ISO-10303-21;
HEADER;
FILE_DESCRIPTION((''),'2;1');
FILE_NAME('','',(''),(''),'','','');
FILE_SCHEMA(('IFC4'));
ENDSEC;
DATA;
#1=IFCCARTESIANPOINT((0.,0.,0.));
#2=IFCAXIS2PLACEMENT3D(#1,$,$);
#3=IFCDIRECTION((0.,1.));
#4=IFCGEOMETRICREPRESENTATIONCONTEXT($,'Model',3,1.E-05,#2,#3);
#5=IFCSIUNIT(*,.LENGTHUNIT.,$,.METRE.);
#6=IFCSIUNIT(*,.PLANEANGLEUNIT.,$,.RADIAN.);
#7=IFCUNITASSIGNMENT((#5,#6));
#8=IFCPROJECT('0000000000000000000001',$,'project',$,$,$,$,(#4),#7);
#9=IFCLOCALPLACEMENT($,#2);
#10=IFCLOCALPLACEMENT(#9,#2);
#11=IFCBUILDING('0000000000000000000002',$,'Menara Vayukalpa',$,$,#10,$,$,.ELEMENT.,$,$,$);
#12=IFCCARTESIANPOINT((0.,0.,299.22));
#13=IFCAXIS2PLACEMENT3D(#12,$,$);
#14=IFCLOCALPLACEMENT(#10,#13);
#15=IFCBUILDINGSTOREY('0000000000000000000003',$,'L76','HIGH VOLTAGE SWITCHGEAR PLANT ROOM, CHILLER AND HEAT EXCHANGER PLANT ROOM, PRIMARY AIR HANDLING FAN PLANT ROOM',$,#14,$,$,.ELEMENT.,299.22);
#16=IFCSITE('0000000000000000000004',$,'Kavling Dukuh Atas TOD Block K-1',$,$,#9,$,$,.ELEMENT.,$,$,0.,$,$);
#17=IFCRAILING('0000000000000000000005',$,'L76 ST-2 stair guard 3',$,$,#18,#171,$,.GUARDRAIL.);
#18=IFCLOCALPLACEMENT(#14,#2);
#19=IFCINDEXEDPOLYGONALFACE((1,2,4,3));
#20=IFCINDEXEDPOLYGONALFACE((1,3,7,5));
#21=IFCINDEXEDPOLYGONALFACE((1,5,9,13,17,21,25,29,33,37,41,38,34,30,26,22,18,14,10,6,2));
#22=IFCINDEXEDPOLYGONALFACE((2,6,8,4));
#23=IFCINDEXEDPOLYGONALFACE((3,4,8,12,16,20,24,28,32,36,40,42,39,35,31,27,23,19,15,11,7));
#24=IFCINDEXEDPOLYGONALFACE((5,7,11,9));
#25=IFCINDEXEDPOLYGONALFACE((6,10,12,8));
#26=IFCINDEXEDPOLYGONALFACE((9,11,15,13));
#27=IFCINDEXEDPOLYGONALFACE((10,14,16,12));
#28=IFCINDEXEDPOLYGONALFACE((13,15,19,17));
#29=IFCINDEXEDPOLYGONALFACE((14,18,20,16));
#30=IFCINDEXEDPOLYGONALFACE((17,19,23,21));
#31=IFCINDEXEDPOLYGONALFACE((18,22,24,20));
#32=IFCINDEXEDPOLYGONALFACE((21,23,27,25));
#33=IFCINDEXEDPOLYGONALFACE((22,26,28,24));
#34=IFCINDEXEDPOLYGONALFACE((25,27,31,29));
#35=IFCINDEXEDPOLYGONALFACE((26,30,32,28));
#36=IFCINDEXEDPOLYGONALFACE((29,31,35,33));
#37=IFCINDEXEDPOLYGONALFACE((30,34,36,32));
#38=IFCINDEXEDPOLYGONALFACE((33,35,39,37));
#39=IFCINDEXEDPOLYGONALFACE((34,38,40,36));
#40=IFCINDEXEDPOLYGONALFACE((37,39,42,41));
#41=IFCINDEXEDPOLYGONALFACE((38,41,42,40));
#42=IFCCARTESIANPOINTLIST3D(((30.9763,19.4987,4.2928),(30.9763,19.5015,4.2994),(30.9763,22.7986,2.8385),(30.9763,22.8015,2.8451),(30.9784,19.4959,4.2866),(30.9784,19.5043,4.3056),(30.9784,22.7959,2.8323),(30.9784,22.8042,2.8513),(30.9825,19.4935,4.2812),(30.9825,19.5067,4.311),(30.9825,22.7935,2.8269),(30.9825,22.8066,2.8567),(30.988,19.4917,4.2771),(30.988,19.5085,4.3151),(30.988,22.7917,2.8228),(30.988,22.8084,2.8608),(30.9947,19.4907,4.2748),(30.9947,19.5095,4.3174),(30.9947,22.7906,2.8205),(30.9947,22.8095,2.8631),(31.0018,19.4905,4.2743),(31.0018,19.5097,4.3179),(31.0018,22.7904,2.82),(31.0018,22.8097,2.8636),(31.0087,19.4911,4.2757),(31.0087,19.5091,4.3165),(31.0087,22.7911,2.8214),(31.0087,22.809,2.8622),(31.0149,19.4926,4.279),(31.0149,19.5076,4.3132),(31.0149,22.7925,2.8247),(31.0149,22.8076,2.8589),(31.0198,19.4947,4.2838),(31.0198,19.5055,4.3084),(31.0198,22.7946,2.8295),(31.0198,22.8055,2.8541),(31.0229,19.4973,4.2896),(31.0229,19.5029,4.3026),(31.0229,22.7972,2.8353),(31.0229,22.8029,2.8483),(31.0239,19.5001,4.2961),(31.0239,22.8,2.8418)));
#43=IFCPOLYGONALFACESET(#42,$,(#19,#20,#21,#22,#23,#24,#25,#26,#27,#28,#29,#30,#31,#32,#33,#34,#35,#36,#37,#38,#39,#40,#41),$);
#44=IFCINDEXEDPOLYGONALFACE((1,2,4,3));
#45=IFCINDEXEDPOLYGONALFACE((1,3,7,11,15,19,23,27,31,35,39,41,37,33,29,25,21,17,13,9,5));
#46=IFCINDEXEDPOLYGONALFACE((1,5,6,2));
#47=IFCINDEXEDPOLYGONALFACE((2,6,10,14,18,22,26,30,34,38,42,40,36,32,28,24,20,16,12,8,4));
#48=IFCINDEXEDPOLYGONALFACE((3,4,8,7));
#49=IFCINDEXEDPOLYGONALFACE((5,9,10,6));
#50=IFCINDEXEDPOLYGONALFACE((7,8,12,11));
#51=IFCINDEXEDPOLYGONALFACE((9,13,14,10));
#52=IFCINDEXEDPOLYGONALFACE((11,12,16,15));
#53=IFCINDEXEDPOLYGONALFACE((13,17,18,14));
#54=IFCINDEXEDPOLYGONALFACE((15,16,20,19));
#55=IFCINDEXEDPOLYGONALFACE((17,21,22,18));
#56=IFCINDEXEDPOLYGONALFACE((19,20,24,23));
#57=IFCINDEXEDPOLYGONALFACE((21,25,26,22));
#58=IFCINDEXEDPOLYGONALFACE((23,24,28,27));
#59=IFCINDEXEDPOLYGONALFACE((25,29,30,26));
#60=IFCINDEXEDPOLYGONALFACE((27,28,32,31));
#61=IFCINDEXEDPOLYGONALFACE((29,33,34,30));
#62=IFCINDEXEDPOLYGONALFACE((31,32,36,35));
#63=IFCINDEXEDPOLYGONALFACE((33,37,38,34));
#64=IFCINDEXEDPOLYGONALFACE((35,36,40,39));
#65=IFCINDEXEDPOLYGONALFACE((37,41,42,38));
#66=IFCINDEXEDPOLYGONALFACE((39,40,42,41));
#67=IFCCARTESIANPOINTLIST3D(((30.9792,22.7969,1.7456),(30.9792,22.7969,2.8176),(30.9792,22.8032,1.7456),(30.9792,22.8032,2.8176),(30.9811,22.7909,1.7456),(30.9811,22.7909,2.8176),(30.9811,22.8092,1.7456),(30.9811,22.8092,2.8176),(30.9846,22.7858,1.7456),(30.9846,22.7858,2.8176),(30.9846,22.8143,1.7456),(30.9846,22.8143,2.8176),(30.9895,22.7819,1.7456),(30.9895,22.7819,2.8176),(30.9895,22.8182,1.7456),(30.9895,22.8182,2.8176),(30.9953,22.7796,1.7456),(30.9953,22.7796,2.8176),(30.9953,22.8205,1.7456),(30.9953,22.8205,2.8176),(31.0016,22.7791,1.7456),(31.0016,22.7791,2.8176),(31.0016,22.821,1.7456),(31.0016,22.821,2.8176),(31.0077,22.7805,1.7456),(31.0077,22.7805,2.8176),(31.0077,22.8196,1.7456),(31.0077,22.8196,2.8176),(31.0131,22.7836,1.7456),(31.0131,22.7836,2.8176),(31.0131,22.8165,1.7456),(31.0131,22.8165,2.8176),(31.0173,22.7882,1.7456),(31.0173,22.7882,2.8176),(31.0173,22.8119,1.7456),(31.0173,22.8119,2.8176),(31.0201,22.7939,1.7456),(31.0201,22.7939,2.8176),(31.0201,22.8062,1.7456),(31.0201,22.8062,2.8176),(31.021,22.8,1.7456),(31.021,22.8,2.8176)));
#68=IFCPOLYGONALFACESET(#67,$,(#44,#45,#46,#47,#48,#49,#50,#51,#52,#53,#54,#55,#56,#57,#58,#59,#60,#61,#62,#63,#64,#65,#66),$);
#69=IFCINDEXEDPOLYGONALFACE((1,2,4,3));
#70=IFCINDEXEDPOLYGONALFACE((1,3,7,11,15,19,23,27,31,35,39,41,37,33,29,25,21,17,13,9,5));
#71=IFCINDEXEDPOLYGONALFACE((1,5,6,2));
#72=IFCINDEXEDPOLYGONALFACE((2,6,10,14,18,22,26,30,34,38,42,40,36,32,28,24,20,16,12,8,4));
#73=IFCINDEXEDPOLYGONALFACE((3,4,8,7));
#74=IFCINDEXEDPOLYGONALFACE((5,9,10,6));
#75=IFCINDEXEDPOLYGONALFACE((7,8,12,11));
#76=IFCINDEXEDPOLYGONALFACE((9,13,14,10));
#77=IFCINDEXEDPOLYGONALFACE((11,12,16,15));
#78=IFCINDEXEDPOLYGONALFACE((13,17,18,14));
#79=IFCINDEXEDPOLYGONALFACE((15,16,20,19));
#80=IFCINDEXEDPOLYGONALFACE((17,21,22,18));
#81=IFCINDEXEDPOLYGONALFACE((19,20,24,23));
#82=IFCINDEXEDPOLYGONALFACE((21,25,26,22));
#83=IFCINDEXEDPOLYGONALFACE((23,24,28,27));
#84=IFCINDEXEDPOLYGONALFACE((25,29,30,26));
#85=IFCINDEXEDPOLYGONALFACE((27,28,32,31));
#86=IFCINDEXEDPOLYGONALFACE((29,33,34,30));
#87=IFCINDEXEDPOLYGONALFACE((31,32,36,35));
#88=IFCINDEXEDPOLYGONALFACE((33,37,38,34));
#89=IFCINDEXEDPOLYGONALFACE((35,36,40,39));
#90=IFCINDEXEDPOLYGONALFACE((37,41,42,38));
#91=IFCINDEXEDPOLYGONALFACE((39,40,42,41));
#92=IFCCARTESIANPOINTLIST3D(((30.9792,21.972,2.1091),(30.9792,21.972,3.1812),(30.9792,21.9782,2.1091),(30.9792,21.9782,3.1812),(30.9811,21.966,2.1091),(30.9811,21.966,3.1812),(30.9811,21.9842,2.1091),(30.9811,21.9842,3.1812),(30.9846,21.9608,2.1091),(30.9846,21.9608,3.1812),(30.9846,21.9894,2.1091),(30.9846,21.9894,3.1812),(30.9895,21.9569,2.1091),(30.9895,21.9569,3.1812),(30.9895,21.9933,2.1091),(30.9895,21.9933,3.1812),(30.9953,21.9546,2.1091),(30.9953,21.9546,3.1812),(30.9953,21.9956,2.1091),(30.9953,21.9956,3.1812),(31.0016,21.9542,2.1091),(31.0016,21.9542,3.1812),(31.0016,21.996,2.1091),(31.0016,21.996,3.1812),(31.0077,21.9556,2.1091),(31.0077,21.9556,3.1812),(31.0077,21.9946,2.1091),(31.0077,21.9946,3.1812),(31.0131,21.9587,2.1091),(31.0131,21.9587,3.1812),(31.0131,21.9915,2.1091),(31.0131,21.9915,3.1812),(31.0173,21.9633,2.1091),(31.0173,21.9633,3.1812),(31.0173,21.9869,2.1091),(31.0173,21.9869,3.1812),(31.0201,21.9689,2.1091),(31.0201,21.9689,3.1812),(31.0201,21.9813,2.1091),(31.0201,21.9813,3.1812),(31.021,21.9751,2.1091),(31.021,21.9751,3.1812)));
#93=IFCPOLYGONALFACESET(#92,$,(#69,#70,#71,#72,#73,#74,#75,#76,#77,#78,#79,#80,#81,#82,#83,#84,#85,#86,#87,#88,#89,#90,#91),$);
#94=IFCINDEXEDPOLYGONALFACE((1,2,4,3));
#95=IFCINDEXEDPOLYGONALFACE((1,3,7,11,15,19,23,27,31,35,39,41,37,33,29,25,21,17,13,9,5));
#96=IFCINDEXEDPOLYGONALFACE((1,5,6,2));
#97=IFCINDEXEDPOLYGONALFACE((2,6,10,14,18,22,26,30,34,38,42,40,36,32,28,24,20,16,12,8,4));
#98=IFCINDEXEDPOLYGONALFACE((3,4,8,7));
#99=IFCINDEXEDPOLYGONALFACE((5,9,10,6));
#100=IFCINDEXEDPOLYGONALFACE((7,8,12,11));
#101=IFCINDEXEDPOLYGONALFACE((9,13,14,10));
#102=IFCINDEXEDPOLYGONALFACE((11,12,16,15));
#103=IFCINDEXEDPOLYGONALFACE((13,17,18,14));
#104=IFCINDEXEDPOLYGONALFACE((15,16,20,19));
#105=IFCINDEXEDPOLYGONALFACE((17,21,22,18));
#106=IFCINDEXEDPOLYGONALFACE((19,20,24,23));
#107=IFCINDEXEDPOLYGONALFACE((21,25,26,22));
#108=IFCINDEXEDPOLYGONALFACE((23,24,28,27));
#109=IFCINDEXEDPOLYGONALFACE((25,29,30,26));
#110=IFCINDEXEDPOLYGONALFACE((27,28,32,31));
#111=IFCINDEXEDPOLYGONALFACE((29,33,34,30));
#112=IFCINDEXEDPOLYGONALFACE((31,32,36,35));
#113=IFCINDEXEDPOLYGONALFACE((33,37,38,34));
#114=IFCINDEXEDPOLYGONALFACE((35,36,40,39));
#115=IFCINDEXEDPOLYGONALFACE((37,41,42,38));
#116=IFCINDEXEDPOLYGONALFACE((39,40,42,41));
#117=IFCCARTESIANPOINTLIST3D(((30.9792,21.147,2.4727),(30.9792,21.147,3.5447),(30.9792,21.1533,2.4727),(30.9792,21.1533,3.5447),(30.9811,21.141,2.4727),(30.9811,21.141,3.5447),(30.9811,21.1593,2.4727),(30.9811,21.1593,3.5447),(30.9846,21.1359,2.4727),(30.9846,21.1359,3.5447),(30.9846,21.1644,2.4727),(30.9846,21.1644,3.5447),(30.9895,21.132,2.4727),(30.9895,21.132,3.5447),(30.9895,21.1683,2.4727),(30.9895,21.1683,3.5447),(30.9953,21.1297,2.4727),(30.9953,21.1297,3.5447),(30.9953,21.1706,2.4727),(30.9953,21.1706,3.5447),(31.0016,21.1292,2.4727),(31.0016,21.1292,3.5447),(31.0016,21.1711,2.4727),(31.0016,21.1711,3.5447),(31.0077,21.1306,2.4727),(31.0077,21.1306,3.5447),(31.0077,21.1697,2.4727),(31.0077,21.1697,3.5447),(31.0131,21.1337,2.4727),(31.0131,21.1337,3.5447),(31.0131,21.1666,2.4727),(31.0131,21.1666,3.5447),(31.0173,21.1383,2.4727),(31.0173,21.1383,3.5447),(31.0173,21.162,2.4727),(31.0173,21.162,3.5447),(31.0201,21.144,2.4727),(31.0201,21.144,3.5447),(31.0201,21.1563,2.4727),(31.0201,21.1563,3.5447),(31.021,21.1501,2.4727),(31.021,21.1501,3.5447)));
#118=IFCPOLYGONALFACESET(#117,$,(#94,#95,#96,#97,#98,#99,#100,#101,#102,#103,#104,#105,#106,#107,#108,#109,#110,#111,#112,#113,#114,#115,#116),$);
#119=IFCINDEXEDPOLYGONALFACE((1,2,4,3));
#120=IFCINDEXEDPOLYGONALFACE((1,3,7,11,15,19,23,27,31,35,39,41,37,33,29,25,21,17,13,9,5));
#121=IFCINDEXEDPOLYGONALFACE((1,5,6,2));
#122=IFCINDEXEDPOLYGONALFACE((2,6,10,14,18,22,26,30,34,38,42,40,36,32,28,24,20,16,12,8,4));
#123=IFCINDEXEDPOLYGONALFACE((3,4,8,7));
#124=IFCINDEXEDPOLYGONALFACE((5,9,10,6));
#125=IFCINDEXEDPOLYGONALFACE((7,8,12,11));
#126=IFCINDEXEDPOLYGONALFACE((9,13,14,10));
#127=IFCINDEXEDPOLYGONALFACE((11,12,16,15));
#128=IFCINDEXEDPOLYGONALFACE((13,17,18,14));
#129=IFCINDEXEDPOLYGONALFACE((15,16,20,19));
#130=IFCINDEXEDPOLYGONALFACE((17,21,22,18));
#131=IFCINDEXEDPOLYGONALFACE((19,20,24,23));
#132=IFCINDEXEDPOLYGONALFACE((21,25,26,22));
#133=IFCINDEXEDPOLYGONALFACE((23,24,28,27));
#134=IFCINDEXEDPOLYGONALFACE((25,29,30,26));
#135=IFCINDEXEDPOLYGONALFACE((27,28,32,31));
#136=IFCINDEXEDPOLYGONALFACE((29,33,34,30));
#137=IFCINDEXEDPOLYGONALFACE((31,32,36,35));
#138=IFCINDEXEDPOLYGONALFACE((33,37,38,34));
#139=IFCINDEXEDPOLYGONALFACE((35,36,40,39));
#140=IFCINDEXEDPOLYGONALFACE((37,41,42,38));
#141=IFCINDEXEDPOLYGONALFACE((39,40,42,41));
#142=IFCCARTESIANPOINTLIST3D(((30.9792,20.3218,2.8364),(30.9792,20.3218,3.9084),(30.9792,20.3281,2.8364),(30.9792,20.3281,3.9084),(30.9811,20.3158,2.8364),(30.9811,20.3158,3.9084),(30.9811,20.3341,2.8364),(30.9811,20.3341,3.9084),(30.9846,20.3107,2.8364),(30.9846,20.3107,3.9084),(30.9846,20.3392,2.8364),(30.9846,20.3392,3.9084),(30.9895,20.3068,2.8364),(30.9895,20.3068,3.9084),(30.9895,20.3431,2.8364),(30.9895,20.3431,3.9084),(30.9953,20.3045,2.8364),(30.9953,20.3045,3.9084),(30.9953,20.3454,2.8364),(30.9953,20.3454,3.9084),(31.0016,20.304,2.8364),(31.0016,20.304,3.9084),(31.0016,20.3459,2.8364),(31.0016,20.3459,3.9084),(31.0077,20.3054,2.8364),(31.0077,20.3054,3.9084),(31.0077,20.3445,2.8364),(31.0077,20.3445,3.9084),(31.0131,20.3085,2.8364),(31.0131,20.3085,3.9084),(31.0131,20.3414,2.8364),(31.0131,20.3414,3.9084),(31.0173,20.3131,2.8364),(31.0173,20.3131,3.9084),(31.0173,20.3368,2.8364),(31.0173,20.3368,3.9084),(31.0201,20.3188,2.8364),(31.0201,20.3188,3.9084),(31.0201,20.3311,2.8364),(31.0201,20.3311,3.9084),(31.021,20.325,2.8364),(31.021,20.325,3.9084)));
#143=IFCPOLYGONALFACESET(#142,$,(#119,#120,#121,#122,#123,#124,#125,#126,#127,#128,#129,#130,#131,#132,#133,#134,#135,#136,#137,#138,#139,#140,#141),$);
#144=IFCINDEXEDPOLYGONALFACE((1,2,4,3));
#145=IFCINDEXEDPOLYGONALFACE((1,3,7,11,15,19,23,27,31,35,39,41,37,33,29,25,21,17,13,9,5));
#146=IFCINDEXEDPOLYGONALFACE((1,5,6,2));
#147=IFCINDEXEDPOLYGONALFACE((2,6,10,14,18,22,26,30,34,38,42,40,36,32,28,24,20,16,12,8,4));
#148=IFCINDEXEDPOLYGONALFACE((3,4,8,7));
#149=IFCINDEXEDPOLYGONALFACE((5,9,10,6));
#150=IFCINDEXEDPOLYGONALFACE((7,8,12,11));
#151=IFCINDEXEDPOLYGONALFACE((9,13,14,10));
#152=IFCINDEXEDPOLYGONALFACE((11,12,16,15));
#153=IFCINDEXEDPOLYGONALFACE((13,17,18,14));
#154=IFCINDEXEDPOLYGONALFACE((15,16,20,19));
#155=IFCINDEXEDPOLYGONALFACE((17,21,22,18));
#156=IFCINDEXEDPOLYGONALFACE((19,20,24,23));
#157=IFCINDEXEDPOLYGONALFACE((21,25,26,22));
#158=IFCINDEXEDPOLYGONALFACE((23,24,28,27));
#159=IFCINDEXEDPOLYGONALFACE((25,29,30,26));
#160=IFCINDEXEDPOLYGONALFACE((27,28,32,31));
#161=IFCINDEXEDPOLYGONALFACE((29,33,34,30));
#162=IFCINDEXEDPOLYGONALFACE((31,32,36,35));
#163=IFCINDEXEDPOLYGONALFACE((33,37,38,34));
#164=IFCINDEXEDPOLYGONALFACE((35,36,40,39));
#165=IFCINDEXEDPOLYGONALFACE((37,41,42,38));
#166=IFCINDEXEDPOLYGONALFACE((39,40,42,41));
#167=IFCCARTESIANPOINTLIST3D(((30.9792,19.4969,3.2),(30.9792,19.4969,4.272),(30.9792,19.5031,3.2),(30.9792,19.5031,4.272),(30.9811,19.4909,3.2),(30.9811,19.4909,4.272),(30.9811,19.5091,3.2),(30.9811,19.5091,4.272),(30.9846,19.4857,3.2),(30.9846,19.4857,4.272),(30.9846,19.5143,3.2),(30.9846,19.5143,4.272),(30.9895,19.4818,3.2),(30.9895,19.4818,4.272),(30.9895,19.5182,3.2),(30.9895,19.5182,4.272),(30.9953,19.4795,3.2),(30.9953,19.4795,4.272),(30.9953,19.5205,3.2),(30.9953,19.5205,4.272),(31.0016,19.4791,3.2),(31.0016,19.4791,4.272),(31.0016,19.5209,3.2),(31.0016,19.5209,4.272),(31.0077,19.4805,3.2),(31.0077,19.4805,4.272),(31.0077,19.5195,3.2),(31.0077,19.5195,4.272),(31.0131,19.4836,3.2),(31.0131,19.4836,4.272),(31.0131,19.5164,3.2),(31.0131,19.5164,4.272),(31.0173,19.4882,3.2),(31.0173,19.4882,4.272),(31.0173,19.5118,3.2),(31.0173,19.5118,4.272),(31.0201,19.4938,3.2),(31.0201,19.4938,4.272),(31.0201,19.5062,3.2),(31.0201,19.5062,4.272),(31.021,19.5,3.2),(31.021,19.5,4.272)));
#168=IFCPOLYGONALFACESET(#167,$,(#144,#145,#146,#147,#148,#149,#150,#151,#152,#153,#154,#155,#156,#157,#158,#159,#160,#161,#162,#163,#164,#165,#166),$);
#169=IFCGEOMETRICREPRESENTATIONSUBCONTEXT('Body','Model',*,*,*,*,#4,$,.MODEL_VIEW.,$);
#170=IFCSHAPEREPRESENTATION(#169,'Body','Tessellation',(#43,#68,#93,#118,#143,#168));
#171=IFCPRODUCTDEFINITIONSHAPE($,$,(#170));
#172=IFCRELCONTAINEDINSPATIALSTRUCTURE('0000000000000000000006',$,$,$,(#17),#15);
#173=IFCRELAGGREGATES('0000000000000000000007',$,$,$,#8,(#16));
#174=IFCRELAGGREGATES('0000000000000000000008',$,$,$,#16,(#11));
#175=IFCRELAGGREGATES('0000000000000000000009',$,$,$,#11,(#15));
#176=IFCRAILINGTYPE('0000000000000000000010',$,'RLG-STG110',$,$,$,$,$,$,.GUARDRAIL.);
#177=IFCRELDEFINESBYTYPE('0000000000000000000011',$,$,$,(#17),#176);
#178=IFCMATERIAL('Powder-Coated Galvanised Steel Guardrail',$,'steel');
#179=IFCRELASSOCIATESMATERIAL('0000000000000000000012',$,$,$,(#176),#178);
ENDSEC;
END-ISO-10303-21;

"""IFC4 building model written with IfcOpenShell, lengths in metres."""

from ifc_helpers import new_model, si_unit, direction, frame, origin, origin_2d, place, context, subcontext, project, spatial, circle, extrude, material, type_object, element, save


model = new_model("IFC4")

# Units and contexts
model_context = context("Model", 3, precision=1e-05, world=origin(), true_north=direction((0.0, 1.0)))
body_context = subcontext(model_context, "Body", "Model", "MODEL_VIEW")
ifc_project = project(units=[si_unit("LENGTHUNIT", "METRE"), si_unit("PLANEANGLEUNIT", "RADIAN")], contexts=[model_context])

# Site, building, storey
site_placement = place(None, origin())
site = spatial("IfcSite", under=ifc_project, at=site_placement, Name="Kavling Dukuh Atas TOD Block K-1", CompositionType="ELEMENT", RefElevation=0.0)
building_placement = place(site_placement, origin())
building = spatial("IfcBuilding", under=site, at=building_placement, Name="Menara Vayukalpa", CompositionType="ELEMENT")
storey_placement = place(building_placement, frame((0.0, 0.0, 299.22)))
storey = spatial("IfcBuildingStorey", under=building, at=storey_placement, Name="L76", Description="HIGH VOLTAGE SWITCHGEAR PLANT ROOM, CHILLER AND HEAT EXCHANGER PLANT ROOM, PRIMARY AIR HANDLING FAN PLANT ROOM", CompositionType="ELEMENT", Elevation=299.22)

# Railing
ifc_material_1 = material(Name="Powder-Coated Galvanised Steel Guardrail", Category="steel")
railing_type_1 = type_object("IfcRailingType", Name="RLG-STG110", PredefinedType="GUARDRAIL", material=ifc_material_1)
railing_1_placement = place(storey_placement, frame((31.0, 22.8, 1.7456)))
element("IfcRailing", 1, at=railing_1_placement, inside=storey, type_object=railing_type_1, Name="L76 ST-2 stair guard 3", PredefinedType="GUARDRAIL", context=body_context, shape_type="SweptSolid", body=[
    extrude(circle(Radius=0.0239, at=origin_2d()), frame((0.0, 0.0, 1.0962), z_axis=(0.0, -0.915077, 0.403278), x_axis=(1.0, 0.0, 0.0)), (0.0, 0.0, 1.0), 3.6062),
    extrude(circle(Radius=0.021, at=origin_2d()), origin(), (0.0, 0.0, 1.0), 1.072),
    extrude(circle(Radius=0.021, at=origin_2d()), frame((0.0, -0.825, 0.3635)), (0.0, 0.0, 1.0), 1.072),
    extrude(circle(Radius=0.021, at=origin_2d()), frame((0.0, -1.6499, 0.7271)), (0.0, 0.0, 1.0), 1.072),
    extrude(circle(Radius=0.021, at=origin_2d()), frame((0.0, -2.4751, 1.0908)), (0.0, 0.0, 1.0), 1.072),
    extrude(circle(Radius=0.021, at=origin_2d()), frame((0.0, -3.3, 1.4543)), (0.0, 0.0, 1.0), 1.072),
])

save(model, "model.ifc")
